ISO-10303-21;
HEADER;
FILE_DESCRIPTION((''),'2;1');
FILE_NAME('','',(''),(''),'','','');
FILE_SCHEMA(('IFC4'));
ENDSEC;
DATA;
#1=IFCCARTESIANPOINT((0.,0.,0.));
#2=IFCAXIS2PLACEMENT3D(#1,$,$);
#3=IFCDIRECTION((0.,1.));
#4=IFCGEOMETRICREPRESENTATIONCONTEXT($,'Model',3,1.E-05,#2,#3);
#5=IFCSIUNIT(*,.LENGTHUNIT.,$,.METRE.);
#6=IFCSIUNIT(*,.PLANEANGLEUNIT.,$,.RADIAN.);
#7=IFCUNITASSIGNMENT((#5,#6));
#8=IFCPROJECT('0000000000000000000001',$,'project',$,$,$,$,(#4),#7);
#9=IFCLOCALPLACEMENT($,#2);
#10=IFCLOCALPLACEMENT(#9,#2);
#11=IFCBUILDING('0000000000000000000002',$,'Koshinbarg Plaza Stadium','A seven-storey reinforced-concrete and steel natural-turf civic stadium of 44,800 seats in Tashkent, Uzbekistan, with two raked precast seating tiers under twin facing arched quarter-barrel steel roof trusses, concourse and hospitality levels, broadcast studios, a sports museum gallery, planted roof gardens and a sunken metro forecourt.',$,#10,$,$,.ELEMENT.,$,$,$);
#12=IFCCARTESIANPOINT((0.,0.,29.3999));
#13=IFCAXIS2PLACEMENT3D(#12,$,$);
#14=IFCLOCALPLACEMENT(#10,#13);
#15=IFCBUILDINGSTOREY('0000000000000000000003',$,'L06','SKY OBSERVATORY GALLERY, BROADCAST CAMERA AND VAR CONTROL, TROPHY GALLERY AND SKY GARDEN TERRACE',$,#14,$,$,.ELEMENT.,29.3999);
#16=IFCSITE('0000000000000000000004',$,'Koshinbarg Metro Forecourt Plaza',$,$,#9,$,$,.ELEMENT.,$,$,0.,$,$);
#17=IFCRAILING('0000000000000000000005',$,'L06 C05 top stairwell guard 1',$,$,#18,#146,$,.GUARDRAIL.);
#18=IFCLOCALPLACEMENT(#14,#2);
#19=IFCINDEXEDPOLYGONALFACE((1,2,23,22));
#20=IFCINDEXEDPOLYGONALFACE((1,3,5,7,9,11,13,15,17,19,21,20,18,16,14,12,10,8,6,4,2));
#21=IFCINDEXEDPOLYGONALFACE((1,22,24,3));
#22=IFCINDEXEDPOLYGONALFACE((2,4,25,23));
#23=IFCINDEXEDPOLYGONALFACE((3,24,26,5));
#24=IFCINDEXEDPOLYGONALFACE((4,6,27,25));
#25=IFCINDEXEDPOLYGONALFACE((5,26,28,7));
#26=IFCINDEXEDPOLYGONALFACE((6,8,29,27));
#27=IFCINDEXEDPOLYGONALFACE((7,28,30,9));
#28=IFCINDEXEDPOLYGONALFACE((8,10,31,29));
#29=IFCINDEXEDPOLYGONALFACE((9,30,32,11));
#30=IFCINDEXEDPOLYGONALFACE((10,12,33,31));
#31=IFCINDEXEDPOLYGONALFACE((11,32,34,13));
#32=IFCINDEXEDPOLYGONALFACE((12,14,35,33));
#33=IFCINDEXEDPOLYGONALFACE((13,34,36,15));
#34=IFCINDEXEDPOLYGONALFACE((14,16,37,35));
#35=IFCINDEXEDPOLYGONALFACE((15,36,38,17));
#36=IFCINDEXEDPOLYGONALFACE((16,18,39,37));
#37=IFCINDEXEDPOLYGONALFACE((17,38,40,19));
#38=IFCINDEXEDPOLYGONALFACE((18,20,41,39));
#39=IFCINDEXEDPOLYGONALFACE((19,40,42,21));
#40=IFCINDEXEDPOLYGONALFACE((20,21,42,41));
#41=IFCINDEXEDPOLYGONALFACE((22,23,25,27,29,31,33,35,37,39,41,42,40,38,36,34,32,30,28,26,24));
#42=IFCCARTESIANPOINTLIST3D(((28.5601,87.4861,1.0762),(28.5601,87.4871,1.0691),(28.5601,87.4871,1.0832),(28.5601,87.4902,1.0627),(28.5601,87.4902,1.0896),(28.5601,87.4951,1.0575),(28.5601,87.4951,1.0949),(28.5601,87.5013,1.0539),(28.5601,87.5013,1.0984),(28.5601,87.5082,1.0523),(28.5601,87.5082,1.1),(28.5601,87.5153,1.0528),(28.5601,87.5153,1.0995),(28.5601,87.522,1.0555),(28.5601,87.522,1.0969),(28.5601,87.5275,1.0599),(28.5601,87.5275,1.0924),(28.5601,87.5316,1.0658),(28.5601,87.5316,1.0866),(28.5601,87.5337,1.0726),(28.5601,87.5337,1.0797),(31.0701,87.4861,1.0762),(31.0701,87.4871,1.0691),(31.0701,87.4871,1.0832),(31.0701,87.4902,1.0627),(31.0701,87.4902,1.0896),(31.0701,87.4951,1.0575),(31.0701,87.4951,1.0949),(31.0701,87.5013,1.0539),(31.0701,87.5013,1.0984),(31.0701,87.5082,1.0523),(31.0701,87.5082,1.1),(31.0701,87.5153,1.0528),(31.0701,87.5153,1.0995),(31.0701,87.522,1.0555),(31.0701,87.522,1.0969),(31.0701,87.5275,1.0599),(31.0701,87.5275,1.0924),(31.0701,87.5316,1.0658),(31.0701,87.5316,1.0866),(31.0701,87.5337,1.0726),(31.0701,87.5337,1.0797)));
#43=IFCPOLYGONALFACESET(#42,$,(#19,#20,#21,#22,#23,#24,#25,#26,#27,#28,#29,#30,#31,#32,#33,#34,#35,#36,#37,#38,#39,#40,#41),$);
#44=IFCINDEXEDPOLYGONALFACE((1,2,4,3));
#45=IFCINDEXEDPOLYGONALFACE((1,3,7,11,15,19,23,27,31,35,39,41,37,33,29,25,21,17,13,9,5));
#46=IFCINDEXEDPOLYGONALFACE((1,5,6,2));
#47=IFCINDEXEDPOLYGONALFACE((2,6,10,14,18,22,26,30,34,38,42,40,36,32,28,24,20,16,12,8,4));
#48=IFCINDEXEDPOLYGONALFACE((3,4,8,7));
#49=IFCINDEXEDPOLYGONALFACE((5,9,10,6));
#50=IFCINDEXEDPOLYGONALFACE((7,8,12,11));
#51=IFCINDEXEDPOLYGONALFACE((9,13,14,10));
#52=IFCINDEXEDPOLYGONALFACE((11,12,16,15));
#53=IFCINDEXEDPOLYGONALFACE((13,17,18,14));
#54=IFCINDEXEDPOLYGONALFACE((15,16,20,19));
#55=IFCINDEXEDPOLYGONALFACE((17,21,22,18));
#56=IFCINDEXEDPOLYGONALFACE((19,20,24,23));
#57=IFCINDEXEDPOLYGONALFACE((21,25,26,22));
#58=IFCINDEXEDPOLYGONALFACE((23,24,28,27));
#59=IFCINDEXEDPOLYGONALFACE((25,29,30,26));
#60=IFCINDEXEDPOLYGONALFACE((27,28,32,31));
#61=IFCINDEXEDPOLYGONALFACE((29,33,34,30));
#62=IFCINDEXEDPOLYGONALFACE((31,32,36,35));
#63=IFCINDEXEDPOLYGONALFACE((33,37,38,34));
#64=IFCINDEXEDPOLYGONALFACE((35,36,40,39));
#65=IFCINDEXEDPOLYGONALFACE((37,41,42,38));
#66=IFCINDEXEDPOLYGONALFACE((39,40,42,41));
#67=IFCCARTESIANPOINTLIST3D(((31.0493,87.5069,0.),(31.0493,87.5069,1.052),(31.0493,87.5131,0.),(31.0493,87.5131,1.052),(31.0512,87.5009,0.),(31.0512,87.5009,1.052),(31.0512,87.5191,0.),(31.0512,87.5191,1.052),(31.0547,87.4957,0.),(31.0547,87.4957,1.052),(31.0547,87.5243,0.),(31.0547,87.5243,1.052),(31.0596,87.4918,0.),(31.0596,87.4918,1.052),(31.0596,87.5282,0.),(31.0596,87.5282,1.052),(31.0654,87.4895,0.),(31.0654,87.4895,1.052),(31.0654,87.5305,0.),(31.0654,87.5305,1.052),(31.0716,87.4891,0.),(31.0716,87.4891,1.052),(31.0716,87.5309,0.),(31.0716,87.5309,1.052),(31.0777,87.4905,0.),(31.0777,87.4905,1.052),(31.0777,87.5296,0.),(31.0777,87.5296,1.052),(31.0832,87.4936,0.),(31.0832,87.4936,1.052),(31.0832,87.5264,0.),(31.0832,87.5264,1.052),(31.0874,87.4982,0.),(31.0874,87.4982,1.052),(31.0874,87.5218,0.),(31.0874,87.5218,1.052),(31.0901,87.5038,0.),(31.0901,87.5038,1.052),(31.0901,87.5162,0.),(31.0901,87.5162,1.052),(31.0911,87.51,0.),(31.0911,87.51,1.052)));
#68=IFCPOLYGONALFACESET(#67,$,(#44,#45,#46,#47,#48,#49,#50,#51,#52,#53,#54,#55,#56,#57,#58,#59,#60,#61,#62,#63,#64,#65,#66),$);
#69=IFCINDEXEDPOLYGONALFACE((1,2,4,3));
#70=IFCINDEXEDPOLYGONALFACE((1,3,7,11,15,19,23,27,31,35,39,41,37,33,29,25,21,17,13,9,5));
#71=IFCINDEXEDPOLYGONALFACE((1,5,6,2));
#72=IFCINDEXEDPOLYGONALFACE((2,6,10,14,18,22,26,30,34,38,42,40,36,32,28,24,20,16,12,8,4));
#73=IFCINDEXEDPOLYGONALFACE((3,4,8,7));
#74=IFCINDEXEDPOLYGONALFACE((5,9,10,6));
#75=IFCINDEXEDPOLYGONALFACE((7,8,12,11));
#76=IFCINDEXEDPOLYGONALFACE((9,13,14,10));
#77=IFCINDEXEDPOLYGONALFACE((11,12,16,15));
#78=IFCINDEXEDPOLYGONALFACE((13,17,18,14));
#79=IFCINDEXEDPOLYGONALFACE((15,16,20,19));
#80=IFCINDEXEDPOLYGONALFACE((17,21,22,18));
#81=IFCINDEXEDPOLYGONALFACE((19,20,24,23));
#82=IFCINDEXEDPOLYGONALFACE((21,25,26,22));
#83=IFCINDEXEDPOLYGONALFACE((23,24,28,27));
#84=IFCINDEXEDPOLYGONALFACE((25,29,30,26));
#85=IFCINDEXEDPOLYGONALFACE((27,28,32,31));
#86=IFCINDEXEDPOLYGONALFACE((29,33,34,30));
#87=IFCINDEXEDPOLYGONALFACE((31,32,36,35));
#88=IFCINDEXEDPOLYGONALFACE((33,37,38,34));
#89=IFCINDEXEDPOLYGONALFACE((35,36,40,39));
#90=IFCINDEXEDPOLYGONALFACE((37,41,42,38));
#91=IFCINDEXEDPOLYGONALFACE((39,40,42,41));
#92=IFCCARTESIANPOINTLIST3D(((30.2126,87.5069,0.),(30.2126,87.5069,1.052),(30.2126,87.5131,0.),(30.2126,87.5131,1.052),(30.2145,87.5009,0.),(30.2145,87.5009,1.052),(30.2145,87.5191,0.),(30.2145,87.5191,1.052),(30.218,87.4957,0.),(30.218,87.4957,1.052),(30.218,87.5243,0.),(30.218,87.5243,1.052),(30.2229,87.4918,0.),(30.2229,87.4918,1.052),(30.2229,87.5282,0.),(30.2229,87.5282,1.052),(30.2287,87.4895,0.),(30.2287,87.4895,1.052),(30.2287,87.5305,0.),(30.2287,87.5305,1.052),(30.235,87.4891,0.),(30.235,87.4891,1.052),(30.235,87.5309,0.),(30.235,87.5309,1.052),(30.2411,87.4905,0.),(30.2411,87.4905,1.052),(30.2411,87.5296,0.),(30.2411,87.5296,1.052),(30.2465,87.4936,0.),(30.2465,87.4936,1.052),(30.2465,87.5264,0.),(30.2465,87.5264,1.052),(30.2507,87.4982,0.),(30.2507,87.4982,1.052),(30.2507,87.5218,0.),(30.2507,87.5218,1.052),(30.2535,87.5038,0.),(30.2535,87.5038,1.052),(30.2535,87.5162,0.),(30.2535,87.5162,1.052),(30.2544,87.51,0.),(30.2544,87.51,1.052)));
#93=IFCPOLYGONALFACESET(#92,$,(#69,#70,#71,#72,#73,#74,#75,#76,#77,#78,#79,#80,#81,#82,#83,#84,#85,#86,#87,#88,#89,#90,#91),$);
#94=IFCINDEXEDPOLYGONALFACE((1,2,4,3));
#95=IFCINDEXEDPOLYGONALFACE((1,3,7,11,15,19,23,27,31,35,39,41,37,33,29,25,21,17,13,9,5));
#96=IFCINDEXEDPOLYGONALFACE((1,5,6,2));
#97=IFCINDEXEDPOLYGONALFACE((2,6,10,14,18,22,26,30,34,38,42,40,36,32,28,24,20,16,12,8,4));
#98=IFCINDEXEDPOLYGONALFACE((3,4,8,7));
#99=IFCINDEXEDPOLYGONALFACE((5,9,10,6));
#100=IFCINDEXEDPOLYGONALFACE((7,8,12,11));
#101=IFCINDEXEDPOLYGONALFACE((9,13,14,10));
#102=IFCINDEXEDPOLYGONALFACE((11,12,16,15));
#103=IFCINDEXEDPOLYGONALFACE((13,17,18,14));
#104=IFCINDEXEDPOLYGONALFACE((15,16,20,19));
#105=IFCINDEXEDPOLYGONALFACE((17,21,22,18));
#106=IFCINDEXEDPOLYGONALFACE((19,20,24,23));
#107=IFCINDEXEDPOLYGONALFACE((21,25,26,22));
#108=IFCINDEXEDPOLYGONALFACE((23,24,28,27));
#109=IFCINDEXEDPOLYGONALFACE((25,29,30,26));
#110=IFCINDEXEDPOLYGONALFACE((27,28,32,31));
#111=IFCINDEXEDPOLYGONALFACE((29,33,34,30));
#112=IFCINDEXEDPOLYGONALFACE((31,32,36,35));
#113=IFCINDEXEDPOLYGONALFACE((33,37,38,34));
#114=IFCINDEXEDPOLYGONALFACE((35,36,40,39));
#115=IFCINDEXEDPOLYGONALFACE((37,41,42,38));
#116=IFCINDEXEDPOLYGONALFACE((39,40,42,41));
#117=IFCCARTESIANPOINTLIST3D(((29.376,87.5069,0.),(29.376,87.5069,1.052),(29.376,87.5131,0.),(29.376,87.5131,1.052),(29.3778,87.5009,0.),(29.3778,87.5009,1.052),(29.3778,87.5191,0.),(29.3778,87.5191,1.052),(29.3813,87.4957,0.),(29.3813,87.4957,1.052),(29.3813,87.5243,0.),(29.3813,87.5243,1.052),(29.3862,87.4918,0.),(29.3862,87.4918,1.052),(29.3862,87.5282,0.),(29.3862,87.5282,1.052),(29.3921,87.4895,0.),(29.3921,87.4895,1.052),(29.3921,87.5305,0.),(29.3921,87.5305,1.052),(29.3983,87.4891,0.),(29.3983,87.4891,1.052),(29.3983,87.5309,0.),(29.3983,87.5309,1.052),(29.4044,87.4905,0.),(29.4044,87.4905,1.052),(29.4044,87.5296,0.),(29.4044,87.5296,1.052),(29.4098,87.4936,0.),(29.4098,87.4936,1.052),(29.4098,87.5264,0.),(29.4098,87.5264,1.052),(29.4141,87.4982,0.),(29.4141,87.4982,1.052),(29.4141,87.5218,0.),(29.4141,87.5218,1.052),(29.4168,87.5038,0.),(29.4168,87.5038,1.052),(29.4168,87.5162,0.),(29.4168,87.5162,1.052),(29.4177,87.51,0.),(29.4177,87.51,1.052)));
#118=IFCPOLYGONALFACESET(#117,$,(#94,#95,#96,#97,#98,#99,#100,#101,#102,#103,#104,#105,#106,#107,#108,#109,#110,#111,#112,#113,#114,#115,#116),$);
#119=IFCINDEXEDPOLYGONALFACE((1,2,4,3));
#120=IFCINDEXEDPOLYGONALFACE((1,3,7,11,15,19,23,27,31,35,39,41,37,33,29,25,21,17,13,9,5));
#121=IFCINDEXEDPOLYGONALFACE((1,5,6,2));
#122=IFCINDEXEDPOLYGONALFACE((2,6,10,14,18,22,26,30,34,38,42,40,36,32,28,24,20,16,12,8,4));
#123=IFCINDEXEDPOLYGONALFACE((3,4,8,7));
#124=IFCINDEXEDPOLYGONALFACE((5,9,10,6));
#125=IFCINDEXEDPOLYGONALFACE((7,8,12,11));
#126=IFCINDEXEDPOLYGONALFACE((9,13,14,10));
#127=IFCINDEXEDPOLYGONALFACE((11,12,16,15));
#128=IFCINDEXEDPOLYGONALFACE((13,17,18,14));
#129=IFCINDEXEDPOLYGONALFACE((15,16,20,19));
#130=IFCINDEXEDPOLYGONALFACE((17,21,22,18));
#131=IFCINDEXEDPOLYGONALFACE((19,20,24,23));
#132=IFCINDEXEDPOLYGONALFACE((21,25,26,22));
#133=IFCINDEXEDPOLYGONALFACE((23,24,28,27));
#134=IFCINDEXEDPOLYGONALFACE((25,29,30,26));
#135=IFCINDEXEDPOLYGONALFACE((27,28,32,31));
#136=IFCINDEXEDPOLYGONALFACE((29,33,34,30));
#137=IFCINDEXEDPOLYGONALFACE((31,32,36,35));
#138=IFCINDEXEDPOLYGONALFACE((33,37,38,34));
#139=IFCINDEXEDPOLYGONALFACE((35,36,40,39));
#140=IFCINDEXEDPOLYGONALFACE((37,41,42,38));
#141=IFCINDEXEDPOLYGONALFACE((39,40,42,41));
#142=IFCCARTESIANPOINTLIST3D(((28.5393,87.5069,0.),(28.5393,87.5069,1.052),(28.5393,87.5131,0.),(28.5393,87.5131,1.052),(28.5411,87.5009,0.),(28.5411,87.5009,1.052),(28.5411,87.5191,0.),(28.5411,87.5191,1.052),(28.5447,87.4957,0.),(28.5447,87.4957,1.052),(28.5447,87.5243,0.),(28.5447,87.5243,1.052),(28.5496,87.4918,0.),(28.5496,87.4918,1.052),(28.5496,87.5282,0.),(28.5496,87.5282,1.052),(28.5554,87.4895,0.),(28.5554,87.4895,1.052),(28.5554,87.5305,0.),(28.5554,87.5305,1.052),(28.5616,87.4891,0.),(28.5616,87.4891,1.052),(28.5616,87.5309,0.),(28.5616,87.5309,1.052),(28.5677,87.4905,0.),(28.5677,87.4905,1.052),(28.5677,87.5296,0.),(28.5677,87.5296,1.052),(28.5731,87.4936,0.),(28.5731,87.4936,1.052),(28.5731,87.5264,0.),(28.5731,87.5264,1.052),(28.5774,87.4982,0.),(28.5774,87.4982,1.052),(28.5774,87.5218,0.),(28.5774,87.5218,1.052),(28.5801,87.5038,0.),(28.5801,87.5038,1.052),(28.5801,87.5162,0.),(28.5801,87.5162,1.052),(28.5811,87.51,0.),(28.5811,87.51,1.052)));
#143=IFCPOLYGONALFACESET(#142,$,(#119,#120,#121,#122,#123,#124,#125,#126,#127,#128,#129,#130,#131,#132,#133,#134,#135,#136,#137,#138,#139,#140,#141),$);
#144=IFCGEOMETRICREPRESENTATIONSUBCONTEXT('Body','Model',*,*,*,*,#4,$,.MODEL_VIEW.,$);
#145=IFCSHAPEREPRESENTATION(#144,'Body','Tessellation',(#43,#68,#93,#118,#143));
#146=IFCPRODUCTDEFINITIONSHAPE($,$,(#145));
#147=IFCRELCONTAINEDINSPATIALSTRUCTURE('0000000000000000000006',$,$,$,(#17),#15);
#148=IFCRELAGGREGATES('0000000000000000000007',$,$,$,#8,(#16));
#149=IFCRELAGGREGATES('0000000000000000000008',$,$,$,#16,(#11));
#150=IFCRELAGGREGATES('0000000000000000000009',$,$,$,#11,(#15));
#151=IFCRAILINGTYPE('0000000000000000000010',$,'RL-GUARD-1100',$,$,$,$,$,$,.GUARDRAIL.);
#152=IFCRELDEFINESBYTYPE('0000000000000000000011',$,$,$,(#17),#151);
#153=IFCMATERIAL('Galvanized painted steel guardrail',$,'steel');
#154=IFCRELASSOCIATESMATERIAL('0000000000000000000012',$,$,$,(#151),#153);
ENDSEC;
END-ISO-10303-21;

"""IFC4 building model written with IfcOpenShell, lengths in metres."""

from ifc_helpers import new_model, si_unit, direction, frame, origin, origin_2d, place, context, subcontext, project, spatial, circle, extrude, material, type_object, element, save


model = new_model("IFC4")

# Units and contexts
model_context = context("Model", 3, precision=1e-05, world=origin(), true_north=direction((0.0, 1.0)))
body_context = subcontext(model_context, "Body", "Model", "MODEL_VIEW")
ifc_project = project(units=[si_unit("LENGTHUNIT", "METRE"), si_unit("PLANEANGLEUNIT", "RADIAN")], contexts=[model_context])

# Site, building, storey
site_placement = place(None, origin())
site = spatial("IfcSite", under=ifc_project, at=site_placement, Name="Koshinbarg Metro Forecourt Plaza", CompositionType="ELEMENT", RefElevation=0.0)
building_placement = place(site_placement, origin())
building = spatial("IfcBuilding", under=site, at=building_placement, Name="Koshinbarg Plaza Stadium", Description="A seven-storey reinforced-concrete and steel natural-turf civic stadium of 44,800 seats in Tashkent, Uzbekistan, with two raked precast seating tiers under twin facing arched quarter-barrel steel roof trusses, concourse and hospitality levels, broadcast studios, a sports museum gallery, planted roof gardens and a sunken metro forecourt.", CompositionType="ELEMENT")
storey_placement = place(building_placement, frame((0.0, 0.0, 29.3999)))
storey = spatial("IfcBuildingStorey", under=building, at=storey_placement, Name="L06", Description="SKY OBSERVATORY GALLERY, BROADCAST CAMERA AND VAR CONTROL, TROPHY GALLERY AND SKY GARDEN TERRACE", CompositionType="ELEMENT", Elevation=29.3999)

# Railing
ifc_material_1 = material(Name="Galvanized painted steel guardrail", Category="steel")
railing_type_1 = type_object("IfcRailingType", Name="RL-GUARD-1100", PredefinedType="GUARDRAIL", material=ifc_material_1)
railing_1_placement = place(storey_placement, frame((31.0701, 87.51, 0.0)))
element("IfcRailing", 1, at=railing_1_placement, inside=storey, type_object=railing_type_1, Name="L06 C05 top stairwell guard 1", PredefinedType="GUARDRAIL", context=body_context, shape_type="SweptSolid", body=[
    extrude(circle(Radius=0.0239, at=origin_2d()), frame((0.0, 0.0, 1.0762), z_axis=(-1.0, 0.0, 0.0), x_axis=(0.0, -1.0, 0.0)), (0.0, 0.0, 1.0), 2.51),
    extrude(circle(Radius=0.021, at=origin_2d()), origin(), (0.0, 0.0, 1.0), 1.052),
    extrude(circle(Radius=0.021, at=origin_2d()), frame((-0.8367, 0.0, 0.0)), (0.0, 0.0, 1.0), 1.052),
    extrude(circle(Radius=0.021, at=origin_2d()), frame((-1.6733, 0.0, 0.0)), (0.0, 0.0, 1.0), 1.052),
    extrude(circle(Radius=0.021, at=origin_2d()), frame((-2.51, 0.0, 0.0)), (0.0, 0.0, 1.0), 1.052),
])

save(model, "model.ifc")
